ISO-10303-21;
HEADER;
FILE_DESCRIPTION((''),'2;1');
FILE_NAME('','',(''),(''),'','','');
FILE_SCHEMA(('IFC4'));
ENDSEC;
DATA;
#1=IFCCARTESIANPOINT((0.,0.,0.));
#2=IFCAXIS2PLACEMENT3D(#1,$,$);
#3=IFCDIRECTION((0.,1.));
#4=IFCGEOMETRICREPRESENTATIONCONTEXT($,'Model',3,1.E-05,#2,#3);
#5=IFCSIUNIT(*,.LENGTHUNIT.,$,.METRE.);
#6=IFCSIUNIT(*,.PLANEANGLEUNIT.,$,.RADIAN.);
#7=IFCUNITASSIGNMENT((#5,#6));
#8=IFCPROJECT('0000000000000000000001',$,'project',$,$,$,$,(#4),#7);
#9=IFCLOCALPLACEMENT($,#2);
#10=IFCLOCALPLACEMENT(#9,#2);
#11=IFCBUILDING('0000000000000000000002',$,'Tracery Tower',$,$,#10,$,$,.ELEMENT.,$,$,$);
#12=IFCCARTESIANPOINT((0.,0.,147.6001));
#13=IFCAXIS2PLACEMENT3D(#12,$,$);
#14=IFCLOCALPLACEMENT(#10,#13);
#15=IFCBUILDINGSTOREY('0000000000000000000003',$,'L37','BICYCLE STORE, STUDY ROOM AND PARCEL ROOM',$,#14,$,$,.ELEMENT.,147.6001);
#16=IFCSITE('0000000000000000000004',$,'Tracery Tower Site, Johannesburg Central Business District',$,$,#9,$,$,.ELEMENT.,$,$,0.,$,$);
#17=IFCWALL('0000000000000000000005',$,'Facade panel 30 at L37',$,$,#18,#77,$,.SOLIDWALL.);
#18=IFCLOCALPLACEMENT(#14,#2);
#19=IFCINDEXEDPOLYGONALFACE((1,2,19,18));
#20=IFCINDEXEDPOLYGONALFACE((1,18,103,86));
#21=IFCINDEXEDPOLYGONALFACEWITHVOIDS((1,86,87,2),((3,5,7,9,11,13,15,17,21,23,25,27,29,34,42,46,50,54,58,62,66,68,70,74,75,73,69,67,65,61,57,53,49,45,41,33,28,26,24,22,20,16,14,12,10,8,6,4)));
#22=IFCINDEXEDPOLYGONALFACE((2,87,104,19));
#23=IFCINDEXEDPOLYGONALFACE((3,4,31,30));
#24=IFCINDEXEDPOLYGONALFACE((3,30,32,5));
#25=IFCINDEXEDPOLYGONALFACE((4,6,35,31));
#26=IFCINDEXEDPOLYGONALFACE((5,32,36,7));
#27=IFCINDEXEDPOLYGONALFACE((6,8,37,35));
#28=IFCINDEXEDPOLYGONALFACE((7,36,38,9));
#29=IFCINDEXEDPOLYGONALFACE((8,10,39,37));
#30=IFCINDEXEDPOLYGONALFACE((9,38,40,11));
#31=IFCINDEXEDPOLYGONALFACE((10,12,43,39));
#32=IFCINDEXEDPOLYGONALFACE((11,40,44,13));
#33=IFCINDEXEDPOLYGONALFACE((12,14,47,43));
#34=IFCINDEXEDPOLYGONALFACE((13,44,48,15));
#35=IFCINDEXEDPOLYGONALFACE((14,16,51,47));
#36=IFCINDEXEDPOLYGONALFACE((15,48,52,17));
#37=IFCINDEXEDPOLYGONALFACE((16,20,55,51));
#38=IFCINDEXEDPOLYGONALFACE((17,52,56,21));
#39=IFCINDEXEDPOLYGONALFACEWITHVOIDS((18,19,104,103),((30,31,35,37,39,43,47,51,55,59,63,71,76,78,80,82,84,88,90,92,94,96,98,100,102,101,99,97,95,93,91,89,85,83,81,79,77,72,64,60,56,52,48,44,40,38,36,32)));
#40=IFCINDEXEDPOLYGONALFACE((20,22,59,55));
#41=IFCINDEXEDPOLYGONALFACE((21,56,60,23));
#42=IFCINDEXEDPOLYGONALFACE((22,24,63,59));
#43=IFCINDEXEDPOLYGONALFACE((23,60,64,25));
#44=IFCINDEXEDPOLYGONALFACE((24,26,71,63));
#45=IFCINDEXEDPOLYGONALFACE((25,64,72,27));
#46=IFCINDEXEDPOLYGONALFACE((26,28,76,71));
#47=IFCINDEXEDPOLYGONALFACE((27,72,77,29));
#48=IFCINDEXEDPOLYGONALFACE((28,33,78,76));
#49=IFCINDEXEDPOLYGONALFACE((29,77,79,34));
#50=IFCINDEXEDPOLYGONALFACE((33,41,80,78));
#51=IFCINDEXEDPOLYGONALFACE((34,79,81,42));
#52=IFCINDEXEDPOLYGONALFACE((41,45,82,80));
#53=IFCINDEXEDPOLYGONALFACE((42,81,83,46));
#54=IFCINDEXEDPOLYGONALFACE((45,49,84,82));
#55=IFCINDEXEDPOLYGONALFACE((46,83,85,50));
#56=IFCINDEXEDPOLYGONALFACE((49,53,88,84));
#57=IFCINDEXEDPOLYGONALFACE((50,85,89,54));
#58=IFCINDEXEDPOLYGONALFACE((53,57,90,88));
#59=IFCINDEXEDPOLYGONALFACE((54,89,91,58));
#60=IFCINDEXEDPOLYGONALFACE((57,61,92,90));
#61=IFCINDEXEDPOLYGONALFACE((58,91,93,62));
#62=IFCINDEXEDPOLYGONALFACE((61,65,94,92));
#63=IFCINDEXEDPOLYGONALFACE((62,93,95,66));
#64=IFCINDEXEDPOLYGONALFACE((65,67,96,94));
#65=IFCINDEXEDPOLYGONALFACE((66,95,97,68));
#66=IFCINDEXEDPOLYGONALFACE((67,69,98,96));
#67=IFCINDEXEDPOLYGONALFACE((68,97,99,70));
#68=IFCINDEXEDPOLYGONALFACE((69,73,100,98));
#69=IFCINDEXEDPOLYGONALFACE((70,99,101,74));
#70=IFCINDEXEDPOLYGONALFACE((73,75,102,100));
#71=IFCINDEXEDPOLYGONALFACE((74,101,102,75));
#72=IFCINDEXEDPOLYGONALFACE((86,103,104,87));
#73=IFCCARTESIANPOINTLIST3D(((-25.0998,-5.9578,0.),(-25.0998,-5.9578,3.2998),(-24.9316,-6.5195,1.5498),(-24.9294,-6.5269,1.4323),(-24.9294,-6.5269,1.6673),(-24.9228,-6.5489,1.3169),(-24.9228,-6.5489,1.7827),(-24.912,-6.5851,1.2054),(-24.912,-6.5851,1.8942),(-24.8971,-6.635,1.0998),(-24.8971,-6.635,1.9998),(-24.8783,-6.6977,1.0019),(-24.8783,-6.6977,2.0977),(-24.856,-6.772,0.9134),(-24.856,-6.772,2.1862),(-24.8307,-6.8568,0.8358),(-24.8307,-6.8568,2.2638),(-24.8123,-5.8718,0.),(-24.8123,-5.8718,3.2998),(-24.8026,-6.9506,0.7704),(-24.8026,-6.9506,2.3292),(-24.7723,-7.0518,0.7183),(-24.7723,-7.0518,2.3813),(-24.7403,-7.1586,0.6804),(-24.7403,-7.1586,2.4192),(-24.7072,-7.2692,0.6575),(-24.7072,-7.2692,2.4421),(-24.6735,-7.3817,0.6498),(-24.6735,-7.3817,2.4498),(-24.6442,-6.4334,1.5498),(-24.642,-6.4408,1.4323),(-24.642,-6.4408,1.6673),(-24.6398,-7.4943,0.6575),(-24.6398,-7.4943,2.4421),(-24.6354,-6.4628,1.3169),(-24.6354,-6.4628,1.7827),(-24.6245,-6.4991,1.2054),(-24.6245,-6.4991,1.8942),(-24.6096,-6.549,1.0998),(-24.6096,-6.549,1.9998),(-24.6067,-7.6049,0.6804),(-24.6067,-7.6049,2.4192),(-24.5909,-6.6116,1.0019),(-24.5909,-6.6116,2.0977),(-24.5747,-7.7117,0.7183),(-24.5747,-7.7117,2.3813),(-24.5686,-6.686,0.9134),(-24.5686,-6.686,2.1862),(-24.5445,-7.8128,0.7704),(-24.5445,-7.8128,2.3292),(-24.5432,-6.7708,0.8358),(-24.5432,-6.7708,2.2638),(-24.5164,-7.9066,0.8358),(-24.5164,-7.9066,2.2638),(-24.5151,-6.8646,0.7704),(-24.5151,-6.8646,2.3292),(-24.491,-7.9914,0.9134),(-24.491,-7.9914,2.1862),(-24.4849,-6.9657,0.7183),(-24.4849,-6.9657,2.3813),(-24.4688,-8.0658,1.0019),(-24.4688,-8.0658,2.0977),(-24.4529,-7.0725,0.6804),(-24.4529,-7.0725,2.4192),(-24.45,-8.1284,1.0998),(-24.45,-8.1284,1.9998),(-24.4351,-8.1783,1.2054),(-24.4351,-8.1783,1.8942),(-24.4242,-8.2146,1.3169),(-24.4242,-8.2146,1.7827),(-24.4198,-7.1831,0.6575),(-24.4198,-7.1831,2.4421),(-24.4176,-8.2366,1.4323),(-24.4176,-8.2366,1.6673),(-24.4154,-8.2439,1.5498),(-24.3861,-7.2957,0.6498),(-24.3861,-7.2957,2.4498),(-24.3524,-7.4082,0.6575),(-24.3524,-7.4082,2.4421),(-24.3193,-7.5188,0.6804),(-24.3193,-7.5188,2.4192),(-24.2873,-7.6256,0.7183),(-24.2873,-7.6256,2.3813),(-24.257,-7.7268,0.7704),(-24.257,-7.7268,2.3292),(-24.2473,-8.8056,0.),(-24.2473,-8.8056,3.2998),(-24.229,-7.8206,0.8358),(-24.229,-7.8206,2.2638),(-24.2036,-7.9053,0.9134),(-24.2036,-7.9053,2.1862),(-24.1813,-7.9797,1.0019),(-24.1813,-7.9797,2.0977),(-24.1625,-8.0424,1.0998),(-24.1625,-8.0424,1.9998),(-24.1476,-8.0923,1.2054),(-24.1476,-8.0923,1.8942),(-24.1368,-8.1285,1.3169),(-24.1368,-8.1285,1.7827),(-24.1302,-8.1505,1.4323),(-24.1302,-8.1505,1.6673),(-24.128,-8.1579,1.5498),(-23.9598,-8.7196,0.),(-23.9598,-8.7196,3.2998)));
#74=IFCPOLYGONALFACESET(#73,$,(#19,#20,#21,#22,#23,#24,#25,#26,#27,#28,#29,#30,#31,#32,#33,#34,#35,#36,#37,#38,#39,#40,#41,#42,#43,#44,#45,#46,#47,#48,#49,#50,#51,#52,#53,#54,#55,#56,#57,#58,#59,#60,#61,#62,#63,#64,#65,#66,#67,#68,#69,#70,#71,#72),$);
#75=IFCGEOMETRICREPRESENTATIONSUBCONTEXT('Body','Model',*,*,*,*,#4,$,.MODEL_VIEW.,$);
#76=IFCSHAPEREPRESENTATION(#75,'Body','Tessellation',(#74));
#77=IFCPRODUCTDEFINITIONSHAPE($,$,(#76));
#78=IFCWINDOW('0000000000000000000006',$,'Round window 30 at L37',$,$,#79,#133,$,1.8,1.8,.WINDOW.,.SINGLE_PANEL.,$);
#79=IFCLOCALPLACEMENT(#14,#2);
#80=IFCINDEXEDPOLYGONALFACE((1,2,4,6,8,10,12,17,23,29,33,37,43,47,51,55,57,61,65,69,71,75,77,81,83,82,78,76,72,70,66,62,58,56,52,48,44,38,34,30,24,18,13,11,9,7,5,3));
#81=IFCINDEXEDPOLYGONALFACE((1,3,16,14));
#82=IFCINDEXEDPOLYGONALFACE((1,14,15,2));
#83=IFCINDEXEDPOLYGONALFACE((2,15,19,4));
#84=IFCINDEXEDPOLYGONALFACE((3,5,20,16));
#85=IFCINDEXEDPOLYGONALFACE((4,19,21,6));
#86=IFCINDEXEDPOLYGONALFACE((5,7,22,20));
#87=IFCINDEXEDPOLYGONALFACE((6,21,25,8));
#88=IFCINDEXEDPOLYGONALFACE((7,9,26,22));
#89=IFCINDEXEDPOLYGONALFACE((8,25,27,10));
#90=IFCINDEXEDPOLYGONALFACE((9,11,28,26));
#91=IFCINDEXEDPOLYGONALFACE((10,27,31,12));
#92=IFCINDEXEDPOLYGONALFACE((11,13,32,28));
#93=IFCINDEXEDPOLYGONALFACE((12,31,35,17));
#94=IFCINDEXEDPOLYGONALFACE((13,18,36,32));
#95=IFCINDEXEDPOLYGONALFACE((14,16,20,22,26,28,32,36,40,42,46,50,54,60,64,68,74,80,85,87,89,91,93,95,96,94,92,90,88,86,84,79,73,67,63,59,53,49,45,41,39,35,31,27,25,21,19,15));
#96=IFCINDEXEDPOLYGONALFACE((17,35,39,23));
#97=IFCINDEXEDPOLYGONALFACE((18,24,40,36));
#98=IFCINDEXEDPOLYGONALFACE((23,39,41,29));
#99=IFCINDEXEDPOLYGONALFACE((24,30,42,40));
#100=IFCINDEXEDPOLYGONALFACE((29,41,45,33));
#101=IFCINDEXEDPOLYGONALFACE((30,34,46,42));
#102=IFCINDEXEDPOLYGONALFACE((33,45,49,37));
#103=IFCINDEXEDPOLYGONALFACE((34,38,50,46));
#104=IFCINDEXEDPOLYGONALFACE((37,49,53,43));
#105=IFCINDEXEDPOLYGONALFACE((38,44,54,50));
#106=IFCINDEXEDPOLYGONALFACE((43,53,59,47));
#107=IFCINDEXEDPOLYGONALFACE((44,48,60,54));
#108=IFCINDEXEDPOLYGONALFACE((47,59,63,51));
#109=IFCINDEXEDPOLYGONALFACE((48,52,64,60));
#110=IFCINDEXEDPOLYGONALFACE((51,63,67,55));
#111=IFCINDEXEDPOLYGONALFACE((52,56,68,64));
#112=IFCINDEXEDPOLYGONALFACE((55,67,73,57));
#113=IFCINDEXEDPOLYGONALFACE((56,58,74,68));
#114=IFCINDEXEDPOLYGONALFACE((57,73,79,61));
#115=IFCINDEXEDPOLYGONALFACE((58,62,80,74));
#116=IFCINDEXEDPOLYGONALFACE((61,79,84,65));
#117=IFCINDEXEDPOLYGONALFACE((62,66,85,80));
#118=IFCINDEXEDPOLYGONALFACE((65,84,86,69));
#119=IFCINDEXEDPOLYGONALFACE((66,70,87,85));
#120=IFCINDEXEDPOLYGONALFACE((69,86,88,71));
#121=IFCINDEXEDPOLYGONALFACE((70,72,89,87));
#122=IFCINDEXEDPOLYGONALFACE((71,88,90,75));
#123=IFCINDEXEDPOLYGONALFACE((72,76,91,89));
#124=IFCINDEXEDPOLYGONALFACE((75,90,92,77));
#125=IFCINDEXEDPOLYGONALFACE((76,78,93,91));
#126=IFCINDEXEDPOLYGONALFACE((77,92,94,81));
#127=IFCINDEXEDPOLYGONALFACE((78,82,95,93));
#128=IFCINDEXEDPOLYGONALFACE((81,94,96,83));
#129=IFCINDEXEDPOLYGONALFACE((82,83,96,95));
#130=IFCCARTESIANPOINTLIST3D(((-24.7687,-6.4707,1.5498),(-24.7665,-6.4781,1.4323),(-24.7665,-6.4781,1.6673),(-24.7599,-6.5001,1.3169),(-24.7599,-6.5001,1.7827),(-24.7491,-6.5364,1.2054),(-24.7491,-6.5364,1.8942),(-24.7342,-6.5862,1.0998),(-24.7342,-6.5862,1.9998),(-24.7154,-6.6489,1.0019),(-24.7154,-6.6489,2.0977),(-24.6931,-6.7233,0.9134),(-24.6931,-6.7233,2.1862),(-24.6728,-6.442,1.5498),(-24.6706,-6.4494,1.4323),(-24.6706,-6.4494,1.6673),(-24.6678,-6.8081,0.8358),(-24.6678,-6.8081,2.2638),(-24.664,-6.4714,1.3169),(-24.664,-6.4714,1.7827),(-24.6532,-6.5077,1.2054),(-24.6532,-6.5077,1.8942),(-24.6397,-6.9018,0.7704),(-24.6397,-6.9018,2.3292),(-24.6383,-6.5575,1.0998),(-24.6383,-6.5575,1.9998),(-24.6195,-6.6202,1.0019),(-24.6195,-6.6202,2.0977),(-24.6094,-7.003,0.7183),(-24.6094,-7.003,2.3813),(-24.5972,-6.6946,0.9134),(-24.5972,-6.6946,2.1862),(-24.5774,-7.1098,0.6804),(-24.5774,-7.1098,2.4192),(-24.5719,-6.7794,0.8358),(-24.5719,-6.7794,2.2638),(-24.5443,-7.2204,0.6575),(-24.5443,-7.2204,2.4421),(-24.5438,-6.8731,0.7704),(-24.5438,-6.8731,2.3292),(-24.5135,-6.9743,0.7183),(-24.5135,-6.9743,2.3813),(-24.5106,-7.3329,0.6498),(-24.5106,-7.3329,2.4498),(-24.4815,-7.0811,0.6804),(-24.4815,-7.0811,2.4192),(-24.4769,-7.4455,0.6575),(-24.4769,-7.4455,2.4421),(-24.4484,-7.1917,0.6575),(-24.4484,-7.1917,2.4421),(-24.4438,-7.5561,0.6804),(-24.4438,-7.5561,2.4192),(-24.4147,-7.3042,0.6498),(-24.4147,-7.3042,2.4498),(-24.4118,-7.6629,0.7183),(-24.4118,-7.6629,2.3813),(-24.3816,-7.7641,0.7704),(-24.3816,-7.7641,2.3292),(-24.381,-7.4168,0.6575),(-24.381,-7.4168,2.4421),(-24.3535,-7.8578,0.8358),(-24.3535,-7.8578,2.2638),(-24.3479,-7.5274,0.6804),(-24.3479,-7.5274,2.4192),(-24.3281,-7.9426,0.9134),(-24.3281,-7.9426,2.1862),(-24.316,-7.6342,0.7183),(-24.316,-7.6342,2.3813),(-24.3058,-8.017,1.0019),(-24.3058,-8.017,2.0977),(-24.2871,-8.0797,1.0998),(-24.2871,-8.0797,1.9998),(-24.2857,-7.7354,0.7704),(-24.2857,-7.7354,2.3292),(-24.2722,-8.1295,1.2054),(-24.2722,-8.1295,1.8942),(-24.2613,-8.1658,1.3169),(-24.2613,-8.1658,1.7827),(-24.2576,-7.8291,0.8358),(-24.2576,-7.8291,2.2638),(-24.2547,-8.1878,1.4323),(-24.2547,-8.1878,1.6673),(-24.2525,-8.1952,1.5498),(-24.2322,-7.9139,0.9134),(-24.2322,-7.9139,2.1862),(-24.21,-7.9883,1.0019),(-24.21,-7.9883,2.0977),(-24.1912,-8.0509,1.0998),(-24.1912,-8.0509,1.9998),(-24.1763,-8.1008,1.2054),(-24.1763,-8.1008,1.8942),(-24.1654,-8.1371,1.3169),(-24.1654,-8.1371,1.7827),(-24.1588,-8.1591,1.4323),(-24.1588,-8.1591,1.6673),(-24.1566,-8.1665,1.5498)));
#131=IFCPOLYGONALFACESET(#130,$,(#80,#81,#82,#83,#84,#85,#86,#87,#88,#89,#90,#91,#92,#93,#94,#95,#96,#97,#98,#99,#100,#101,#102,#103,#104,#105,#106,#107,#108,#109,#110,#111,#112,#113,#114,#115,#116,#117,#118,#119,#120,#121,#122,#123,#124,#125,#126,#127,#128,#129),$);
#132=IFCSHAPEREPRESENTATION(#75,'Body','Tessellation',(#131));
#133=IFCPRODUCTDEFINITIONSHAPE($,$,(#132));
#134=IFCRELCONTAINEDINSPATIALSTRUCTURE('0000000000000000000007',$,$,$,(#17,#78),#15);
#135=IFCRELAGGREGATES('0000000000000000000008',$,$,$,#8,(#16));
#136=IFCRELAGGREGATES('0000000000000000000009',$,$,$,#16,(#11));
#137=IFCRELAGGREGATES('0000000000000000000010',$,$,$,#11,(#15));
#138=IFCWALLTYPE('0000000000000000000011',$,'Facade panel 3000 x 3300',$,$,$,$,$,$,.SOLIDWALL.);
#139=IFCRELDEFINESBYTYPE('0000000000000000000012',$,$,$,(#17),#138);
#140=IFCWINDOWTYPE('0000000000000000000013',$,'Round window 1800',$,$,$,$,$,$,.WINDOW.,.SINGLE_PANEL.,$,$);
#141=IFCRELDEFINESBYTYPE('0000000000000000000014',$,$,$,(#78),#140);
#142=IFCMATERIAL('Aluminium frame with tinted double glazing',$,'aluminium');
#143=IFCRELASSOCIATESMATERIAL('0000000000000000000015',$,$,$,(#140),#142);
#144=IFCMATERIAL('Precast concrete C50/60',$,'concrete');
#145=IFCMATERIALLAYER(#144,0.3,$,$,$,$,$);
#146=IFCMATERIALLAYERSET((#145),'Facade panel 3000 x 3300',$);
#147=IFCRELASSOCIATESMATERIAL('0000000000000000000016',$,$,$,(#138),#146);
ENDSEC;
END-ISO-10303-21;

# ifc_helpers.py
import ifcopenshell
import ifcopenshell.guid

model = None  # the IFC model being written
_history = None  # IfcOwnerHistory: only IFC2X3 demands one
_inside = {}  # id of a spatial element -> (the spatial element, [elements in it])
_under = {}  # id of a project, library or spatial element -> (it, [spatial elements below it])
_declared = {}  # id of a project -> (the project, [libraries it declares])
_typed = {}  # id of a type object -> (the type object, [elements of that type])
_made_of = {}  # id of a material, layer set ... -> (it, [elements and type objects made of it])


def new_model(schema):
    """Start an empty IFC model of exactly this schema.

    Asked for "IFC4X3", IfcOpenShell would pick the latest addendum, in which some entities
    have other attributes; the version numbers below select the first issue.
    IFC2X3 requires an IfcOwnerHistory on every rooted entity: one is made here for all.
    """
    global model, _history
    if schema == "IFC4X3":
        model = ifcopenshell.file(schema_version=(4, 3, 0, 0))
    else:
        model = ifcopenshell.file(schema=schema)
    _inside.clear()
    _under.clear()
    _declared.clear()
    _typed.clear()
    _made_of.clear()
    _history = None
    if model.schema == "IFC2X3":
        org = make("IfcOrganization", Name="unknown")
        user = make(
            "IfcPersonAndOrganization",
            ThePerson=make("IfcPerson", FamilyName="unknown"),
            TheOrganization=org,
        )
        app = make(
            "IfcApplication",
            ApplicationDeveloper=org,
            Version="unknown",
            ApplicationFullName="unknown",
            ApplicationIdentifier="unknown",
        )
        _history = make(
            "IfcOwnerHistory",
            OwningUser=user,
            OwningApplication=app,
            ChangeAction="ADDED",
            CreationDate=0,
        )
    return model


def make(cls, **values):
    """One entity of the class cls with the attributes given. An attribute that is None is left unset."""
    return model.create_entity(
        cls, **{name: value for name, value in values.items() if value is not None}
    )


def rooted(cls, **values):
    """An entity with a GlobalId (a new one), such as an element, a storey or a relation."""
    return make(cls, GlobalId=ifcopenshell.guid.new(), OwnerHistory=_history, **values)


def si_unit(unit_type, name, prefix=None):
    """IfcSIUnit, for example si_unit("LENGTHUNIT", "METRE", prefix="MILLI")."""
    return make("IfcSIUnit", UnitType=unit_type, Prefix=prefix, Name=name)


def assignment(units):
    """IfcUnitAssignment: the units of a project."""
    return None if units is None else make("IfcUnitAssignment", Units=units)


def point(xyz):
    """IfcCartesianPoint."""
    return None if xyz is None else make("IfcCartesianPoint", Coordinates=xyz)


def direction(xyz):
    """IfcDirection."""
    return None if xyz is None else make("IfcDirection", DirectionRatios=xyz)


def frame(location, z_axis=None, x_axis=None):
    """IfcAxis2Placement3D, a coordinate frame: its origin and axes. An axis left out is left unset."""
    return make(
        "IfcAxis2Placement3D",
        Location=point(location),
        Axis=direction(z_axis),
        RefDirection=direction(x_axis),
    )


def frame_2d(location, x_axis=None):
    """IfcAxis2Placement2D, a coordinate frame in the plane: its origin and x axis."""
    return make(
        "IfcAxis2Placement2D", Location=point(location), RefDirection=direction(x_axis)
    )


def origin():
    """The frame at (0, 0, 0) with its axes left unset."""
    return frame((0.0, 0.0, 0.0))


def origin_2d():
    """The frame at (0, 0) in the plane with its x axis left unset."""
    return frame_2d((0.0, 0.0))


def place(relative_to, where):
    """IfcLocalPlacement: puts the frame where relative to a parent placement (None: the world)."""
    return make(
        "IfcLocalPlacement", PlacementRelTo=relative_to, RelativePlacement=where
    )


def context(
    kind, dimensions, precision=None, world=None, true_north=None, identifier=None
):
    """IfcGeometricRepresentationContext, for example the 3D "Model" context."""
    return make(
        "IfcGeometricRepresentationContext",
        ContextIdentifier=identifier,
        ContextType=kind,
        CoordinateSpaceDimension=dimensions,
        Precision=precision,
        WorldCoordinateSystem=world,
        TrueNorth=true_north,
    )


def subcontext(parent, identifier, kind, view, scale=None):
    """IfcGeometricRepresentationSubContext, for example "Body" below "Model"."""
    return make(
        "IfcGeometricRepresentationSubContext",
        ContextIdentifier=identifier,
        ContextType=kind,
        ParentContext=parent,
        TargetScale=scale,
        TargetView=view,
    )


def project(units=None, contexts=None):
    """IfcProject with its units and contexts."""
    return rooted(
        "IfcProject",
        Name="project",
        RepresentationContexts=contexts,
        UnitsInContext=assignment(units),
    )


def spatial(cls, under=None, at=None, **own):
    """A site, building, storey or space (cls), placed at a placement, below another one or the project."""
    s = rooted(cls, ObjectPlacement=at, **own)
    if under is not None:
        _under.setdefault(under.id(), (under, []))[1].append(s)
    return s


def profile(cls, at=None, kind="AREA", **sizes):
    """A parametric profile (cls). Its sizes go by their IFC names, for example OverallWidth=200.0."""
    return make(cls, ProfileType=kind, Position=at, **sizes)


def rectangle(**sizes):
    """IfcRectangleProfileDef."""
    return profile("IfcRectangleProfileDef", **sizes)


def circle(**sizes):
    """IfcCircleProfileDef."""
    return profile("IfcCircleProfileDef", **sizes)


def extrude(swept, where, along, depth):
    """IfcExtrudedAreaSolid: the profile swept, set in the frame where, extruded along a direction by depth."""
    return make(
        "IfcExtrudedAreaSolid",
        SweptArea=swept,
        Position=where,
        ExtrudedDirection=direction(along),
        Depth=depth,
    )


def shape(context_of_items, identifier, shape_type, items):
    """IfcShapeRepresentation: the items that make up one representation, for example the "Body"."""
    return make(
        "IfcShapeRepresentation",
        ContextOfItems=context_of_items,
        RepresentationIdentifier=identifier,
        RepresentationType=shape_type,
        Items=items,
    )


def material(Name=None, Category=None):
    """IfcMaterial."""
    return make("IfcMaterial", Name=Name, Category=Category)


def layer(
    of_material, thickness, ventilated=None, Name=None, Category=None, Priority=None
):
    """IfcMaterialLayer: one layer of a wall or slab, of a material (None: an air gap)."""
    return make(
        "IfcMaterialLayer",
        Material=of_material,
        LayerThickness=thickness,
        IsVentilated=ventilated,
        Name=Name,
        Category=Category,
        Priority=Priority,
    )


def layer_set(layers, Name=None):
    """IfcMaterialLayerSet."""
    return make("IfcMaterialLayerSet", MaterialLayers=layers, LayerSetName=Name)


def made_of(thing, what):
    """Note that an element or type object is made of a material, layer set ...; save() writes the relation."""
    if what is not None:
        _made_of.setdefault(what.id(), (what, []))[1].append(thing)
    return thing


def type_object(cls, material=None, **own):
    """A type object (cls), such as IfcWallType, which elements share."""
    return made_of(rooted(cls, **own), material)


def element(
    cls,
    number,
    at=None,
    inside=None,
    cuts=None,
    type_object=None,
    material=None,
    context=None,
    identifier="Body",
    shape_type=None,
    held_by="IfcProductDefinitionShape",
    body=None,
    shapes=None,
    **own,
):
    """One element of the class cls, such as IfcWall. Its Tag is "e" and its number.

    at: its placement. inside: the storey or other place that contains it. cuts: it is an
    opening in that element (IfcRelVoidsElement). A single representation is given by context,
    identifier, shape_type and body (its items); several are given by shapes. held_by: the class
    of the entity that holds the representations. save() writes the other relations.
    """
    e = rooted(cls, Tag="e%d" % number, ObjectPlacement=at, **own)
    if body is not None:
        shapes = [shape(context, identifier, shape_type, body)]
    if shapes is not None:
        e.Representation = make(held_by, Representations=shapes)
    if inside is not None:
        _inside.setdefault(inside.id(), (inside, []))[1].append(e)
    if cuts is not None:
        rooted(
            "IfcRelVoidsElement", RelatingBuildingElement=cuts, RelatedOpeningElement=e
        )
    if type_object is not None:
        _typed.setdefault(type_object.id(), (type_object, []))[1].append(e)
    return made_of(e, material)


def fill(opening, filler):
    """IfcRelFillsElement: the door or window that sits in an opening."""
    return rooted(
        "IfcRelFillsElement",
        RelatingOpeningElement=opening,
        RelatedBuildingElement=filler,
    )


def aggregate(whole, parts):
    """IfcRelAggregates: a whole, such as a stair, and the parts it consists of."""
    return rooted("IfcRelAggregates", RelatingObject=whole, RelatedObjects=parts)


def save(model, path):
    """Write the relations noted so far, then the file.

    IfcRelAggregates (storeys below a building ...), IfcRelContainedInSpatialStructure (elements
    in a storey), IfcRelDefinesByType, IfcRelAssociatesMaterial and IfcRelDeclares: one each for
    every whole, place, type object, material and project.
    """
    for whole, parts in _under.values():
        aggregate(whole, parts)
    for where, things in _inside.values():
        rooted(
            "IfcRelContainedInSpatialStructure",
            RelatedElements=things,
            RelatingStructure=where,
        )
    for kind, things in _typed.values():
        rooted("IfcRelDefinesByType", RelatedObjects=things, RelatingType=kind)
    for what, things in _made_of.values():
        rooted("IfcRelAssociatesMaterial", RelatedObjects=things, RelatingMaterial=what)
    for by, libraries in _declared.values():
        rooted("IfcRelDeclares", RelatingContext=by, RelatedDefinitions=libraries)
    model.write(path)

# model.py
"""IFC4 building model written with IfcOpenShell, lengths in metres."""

from ifc_helpers import new_model, si_unit, direction, frame, frame_2d, origin, origin_2d, place, context, subcontext, project, spatial, rectangle, circle, extrude, material, layer, layer_set, type_object, element, fill, save


model = new_model("IFC4")

# Units and contexts
model_context = context("Model", 3, precision=1e-05, world=origin(), true_north=direction((0.0, 1.0)))
body_context = subcontext(model_context, "Body", "Model", "MODEL_VIEW")
ifc_project = project(units=[si_unit("LENGTHUNIT", "METRE"), si_unit("PLANEANGLEUNIT", "RADIAN")], contexts=[model_context])

# Site, building, storey
site_placement = place(None, origin())
site = spatial("IfcSite", under=ifc_project, at=site_placement, Name="Tracery Tower Site, Johannesburg Central Business District", CompositionType="ELEMENT", RefElevation=0.0)
building_placement = place(site_placement, origin())
building = spatial("IfcBuilding", under=site, at=building_placement, Name="Tracery Tower", CompositionType="ELEMENT")
storey_placement = place(building_placement, frame((0.0, 0.0, 147.6001)))
storey = spatial("IfcBuildingStorey", under=building, at=storey_placement, Name="L37", Description="BICYCLE STORE, STUDY ROOM AND PARCEL ROOM", CompositionType="ELEMENT", Elevation=147.6001)

# Wall, opening, window
ifc_material_1 = material(Name="Aluminium frame with tinted double glazing", Category="aluminium")
window_type = type_object("IfcWindowType", Name="Round window 1800", PartitioningType="SINGLE_PANEL", PredefinedType="WINDOW", material=ifc_material_1)
ifc_material_2 = material(Name="Precast concrete C50/60", Category="concrete")
ifc_layer_1 = layer(ifc_material_2, 0.3)
ifc_layer_set_1 = layer_set([ifc_layer_1], Name="Facade panel 3000 x 3300")
wall_type_1 = type_object("IfcWallType", Name="Facade panel 3000 x 3300", PredefinedType="SOLIDWALL", material=ifc_layer_set_1)
wall_1_placement = place(storey_placement, frame((-24.9561, -5.9148, 0.0), z_axis=(0.0, 0.0, 1.0), x_axis=(0.286783, -0.957996, 0.0)))
wall_1 = element("IfcWall", 1, at=wall_1_placement, inside=storey, type_object=wall_type_1, Name="Facade panel 30 at L37", PredefinedType="SOLIDWALL", context=body_context, shape_type="SweptSolid", body=[
    extrude(rectangle(XDim=2.9727, YDim=0.3, at=frame_2d((1.4863, 0.0))), origin(), (0.0, 0.0, 1.0), 3.2998),
])
opening_1_placement = place(wall_1_placement, frame((1.4863, 0.0, 1.5498)))
opening_1 = element("IfcOpeningElement", 2, at=opening_1_placement, cuts=wall_1, PredefinedType="OPENING", context=body_context, shape_type="SweptSolid", body=[
    extrude(circle(Radius=0.9, at=origin_2d()), frame((0.0, 0.1599, 0.0), z_axis=(0.0, -1.0, 0.0), x_axis=(1.0, 0.0, 0.0)), (0.0, 0.0, 1.0), 0.3201),
])
window_1_placement = place(opening_1_placement, origin())
window_1 = element("IfcWindow", 3, at=window_1_placement, inside=storey, type_object=window_type, Name="Round window 30 at L37", OverallHeight=1.8, OverallWidth=1.8, PartitioningType="SINGLE_PANEL", PredefinedType="WINDOW", context=body_context, shape_type="SweptSolid", body=[
    extrude(circle(Radius=0.9, at=origin_2d()), frame((0.0, 0.1201, 0.0), z_axis=(0.0, -1.0, 0.0), x_axis=(1.0, 0.0, 0.0)), (0.0, 0.0, 1.0), 0.1001),
])
fill(opening_1, window_1)

save(model, "model.ifc")
